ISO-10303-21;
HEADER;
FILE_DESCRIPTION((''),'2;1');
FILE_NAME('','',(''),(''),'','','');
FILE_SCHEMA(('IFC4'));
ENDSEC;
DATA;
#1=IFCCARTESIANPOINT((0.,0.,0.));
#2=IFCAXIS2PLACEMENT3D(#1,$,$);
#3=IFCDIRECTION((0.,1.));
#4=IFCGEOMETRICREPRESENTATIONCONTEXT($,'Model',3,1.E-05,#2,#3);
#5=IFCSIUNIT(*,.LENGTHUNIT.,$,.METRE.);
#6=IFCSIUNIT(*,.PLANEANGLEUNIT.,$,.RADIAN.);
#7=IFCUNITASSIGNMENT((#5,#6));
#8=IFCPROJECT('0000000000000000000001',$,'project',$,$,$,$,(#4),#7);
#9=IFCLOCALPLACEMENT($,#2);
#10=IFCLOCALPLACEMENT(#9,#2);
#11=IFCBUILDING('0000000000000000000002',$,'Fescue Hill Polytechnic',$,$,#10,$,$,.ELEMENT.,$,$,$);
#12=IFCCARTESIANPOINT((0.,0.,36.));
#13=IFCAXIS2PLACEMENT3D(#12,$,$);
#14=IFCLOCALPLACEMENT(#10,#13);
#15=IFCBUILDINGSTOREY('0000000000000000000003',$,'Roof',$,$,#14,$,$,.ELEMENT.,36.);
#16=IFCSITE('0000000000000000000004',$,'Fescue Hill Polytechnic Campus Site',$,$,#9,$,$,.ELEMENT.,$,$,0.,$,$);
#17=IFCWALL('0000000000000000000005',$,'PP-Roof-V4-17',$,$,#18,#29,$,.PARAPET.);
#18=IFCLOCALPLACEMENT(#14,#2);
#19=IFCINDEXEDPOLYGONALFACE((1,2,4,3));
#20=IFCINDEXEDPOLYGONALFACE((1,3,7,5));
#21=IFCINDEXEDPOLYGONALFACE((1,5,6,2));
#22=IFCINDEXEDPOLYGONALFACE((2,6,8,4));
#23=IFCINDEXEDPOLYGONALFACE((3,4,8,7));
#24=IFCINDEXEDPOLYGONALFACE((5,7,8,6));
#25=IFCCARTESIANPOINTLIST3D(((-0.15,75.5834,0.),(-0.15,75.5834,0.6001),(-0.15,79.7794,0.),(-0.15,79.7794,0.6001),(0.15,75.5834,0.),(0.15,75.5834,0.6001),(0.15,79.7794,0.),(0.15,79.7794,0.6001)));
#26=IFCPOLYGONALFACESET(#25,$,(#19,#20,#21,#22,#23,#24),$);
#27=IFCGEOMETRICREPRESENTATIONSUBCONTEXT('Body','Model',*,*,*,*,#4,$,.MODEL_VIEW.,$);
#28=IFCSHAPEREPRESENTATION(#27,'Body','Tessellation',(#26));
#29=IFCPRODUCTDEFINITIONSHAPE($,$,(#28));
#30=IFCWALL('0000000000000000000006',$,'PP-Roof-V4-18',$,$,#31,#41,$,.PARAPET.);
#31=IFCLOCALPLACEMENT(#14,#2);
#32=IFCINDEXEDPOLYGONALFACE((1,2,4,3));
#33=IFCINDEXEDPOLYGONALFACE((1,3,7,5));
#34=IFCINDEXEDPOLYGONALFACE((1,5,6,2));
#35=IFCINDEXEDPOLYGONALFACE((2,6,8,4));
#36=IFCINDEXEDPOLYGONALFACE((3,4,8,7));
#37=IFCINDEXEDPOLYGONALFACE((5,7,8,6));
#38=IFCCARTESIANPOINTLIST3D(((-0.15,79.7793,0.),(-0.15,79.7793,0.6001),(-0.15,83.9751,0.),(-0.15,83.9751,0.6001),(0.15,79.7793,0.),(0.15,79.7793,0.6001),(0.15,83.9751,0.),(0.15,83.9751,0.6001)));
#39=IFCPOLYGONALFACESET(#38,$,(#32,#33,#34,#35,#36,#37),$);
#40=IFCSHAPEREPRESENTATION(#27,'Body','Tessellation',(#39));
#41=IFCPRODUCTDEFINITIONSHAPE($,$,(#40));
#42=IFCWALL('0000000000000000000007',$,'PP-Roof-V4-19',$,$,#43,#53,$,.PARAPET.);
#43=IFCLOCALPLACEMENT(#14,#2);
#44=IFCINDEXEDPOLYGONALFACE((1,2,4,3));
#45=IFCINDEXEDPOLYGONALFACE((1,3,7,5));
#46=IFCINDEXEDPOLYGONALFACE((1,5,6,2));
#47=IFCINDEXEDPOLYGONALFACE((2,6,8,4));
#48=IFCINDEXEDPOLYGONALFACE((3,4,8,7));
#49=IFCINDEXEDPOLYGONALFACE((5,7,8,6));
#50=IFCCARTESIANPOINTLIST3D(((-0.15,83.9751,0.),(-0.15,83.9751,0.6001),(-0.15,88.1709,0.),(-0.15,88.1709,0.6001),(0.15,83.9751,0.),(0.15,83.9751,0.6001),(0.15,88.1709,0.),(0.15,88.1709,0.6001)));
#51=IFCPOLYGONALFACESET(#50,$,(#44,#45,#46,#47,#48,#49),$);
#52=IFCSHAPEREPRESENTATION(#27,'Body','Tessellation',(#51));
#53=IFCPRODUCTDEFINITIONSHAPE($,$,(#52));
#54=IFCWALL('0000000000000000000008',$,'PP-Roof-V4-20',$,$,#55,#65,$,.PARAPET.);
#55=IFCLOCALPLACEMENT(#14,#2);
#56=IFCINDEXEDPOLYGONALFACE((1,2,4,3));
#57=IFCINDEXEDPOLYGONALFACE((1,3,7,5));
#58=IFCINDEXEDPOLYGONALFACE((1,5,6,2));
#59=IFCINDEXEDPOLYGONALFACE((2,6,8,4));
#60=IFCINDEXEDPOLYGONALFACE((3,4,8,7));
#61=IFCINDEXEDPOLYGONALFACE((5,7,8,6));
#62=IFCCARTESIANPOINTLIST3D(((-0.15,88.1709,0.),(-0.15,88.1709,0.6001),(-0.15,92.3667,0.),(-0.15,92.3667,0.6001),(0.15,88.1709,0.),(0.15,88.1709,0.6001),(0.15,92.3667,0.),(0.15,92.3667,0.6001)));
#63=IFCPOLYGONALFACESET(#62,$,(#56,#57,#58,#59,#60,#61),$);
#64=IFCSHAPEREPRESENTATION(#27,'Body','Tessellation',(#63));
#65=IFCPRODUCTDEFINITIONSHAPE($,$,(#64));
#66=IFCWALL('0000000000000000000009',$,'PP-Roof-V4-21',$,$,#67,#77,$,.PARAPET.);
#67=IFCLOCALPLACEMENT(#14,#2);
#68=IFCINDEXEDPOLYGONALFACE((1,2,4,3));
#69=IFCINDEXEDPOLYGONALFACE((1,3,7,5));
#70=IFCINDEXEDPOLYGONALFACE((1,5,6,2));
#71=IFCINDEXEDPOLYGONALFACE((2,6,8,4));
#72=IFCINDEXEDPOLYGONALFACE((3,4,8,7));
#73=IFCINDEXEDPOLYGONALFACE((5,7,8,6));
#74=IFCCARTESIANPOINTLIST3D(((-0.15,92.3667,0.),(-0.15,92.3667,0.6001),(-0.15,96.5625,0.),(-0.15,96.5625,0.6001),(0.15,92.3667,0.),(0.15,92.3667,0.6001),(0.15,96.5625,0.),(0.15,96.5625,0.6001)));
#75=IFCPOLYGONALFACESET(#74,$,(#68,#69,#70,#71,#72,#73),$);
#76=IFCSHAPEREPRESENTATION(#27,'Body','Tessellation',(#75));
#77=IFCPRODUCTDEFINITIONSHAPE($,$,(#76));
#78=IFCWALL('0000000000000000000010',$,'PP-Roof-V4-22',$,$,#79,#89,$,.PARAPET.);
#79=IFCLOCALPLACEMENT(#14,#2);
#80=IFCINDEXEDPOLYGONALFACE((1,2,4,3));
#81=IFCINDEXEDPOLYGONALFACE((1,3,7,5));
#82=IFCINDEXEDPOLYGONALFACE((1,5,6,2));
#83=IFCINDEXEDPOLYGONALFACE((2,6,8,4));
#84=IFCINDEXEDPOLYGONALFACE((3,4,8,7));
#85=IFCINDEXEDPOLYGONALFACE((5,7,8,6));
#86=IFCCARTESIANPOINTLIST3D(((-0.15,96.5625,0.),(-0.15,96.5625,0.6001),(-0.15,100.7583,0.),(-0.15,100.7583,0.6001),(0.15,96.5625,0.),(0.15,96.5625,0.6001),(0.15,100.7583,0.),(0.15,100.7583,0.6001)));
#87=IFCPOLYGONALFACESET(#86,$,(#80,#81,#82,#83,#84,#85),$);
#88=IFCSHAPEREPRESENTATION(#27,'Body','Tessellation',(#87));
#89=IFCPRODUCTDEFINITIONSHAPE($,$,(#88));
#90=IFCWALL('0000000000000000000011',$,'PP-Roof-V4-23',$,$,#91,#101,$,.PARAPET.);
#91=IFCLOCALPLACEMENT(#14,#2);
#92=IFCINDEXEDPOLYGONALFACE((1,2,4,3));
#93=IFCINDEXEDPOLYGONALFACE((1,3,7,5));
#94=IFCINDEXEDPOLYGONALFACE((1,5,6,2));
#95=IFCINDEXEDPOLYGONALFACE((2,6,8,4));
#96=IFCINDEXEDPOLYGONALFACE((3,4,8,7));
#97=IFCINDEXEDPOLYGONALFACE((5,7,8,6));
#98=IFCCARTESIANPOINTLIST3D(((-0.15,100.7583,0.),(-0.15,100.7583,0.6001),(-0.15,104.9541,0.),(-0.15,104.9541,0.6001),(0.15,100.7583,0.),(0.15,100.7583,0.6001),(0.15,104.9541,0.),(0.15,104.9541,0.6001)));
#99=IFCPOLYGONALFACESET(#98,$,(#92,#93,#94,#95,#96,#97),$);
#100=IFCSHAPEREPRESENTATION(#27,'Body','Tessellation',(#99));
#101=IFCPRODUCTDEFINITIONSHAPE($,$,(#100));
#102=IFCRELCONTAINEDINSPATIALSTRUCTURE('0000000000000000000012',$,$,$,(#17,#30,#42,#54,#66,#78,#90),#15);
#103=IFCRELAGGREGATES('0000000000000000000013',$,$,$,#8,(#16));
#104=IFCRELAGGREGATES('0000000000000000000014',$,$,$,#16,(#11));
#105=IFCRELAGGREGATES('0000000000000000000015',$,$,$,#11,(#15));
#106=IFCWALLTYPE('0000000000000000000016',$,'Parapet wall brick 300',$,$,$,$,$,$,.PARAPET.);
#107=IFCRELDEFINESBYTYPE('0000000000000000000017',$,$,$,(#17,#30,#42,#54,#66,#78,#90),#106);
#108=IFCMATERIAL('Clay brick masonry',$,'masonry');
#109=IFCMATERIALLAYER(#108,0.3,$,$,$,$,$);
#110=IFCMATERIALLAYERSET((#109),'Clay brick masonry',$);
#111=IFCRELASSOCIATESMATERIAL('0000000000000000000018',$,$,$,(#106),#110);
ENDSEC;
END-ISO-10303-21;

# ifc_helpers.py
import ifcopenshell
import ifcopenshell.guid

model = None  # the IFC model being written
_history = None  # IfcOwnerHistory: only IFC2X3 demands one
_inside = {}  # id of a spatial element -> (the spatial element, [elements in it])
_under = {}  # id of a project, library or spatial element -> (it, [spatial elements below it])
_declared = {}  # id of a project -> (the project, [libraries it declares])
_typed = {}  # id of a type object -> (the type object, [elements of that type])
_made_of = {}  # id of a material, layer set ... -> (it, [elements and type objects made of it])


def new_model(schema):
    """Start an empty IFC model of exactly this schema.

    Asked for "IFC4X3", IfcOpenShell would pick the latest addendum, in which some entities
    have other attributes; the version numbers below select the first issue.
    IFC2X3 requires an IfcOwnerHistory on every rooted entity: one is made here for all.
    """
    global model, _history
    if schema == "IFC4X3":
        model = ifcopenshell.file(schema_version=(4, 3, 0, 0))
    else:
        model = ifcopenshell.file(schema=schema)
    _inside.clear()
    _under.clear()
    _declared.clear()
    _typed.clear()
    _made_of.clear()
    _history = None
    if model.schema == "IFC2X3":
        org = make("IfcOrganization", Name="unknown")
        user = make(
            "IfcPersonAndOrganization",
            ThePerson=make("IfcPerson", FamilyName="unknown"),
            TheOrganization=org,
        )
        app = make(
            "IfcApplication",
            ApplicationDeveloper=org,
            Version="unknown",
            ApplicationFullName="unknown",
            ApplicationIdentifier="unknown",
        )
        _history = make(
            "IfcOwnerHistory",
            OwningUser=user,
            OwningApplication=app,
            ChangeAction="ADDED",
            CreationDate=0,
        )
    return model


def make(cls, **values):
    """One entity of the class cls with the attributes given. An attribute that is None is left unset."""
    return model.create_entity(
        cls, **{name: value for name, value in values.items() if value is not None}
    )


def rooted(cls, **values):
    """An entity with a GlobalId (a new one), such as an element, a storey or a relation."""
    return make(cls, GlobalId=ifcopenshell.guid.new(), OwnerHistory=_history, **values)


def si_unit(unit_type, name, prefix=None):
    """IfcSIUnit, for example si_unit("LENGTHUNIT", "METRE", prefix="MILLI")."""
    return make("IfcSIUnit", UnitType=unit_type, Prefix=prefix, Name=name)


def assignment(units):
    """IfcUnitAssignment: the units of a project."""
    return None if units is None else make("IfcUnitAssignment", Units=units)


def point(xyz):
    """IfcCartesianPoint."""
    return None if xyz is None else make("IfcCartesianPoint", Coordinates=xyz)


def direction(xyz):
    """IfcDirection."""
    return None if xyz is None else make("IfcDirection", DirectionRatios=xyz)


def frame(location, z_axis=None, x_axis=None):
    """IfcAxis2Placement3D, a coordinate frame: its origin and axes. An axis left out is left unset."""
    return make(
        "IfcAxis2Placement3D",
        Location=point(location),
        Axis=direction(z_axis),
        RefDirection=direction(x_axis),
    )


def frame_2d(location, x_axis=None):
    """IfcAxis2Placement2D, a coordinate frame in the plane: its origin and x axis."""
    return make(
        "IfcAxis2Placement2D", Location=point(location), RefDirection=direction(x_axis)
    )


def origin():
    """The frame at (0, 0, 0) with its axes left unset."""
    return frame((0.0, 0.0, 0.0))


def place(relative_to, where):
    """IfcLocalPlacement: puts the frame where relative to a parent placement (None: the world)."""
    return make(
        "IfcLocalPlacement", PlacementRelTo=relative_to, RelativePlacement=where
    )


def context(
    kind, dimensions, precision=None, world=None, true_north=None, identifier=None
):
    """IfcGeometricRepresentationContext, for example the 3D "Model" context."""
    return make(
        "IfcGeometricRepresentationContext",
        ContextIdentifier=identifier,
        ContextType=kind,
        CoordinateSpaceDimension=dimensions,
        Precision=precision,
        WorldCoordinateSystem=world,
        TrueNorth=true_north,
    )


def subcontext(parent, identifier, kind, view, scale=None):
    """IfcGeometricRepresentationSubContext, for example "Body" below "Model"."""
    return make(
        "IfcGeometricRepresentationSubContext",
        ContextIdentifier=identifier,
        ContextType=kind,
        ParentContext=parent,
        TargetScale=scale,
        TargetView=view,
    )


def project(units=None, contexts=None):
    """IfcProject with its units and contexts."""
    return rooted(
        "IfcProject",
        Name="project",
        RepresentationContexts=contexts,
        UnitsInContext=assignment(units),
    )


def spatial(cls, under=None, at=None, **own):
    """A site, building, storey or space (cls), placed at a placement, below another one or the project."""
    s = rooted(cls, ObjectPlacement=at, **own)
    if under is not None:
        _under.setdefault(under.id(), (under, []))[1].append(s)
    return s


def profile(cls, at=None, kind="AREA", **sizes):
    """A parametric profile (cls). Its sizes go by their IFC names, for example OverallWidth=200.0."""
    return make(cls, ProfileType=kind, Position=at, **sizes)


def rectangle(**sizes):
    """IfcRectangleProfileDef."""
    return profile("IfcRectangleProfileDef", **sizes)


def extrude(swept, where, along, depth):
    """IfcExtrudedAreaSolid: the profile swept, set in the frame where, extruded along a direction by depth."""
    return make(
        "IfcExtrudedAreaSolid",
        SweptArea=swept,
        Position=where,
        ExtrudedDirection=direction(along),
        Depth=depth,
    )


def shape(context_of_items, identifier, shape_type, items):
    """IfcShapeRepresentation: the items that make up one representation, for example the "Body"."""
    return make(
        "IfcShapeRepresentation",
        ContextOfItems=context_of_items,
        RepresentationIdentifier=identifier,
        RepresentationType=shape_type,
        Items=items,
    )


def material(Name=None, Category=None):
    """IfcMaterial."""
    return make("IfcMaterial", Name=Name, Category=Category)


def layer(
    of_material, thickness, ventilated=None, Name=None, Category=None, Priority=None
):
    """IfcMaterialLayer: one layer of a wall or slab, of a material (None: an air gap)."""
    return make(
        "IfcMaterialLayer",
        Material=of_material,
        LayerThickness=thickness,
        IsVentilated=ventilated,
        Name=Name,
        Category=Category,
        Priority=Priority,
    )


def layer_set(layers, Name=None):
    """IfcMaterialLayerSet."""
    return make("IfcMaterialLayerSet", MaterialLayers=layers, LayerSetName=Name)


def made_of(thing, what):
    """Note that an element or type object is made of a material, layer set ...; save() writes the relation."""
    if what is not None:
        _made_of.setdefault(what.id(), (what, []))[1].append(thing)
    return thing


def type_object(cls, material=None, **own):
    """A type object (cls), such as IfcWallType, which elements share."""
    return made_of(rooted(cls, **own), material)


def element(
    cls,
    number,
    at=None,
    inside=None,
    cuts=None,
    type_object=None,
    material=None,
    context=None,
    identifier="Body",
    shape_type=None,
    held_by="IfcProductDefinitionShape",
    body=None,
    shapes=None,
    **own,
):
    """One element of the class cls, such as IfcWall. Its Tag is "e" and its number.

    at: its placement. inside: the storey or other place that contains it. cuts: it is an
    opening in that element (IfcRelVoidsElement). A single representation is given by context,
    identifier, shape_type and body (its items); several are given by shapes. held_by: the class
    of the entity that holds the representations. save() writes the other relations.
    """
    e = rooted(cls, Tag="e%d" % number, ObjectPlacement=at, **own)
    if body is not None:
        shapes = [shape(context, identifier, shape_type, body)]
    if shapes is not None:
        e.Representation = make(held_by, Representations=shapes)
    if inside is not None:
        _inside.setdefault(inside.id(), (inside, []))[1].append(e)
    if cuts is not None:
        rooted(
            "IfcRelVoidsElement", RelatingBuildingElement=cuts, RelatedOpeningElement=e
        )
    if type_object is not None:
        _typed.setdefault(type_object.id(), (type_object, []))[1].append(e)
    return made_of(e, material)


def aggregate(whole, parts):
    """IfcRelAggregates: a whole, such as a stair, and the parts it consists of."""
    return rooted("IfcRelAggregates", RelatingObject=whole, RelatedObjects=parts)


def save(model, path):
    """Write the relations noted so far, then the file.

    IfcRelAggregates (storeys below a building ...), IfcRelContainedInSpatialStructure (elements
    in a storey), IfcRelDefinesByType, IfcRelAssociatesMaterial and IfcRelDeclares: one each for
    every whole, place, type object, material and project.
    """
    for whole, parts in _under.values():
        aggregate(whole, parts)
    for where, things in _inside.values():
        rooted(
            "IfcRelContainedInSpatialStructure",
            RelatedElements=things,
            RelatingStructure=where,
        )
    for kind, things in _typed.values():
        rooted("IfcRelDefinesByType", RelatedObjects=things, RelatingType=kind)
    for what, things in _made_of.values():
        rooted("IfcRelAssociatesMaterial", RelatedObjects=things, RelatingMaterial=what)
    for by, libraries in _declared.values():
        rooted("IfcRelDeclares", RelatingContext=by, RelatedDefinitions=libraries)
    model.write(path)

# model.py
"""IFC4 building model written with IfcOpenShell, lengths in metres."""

from ifc_helpers import new_model, si_unit, direction, frame, frame_2d, origin, place, context, subcontext, project, spatial, rectangle, extrude, material, layer, layer_set, type_object, element, save


model = new_model("IFC4")

# Units and contexts
model_context = context("Model", 3, precision=1e-05, world=origin(), true_north=direction((0.0, 1.0)))
body_context = subcontext(model_context, "Body", "Model", "MODEL_VIEW")
ifc_project = project(units=[si_unit("LENGTHUNIT", "METRE"), si_unit("PLANEANGLEUNIT", "RADIAN")], contexts=[model_context])

# Site, building, storey
site_placement = place(None, origin())
site = spatial("IfcSite", under=ifc_project, at=site_placement, Name="Fescue Hill Polytechnic Campus Site", CompositionType="ELEMENT", RefElevation=0.0)
building_placement = place(site_placement, origin())
building = spatial("IfcBuilding", under=site, at=building_placement, Name="Fescue Hill Polytechnic", CompositionType="ELEMENT")
storey_placement = place(building_placement, frame((0.0, 0.0, 36.0)))
storey = spatial("IfcBuildingStorey", under=building, at=storey_placement, Name="Roof", CompositionType="ELEMENT", Elevation=36.0)

# Walls
ifc_material_1 = material(Name="Clay brick masonry", Category="masonry")
ifc_layer_1 = layer(ifc_material_1, 0.3)
ifc_layer_set_1 = layer_set([ifc_layer_1], Name="Clay brick masonry")
wall_type_1 = type_object("IfcWallType", Name="Parapet wall brick 300", PredefinedType="PARAPET", material=ifc_layer_set_1)
wall_1_placement = place(storey_placement, frame((0.0, 75.5833, 0.0), z_axis=(0.0, 0.0, 1.0), x_axis=(0.0, 1.0, 0.0)))
element("IfcWall", 1, at=wall_1_placement, inside=storey, type_object=wall_type_1, Name="PP-Roof-V4-17", PredefinedType="PARAPET", context=body_context, shape_type="SweptSolid", body=[
    extrude(rectangle(XDim=4.196, YDim=0.3, at=frame_2d((2.0981, 0.0))), origin(), (0.0, 0.0, 1.0), 0.6001),
])
for number, where, z_axis, x_axis, name in (
    (2, (0.0, 79.7793, 0.0), (0.0, 0.0, 1.0), (0.0, 1.0, 0.0), "PP-Roof-V4-18"),
    (3, (0.0, 83.9751, 0.0), (0.0, 0.0, 1.0), (0.0, 1.0, 0.0), "PP-Roof-V4-19"),
    (4, (0.0, 88.1709, 0.0), (0.0, 0.0, 1.0), (0.0, 1.0, 0.0), "PP-Roof-V4-20"),
    (5, (0.0, 92.3667, 0.0), (0.0, 0.0, 1.0), (0.0, 1.0, 0.0), "PP-Roof-V4-21"),
    (6, (0.0, 96.5625, 0.0), (0.0, 0.0, 1.0), (0.0, 1.0, 0.0), "PP-Roof-V4-22"),
    (7, (0.0, 100.7583, 0.0), (0.0, 0.0, 1.0), (0.0, 1.0, 0.0), "PP-Roof-V4-23"),
):
    element("IfcWall", number, at=place(storey_placement, frame(where, z_axis=z_axis, x_axis=x_axis)), inside=storey, type_object=wall_type_1, Name=name, PredefinedType="PARAPET", context=body_context, shape_type="SweptSolid", body=[
        extrude(rectangle(XDim=4.1958, YDim=0.3, at=frame_2d((2.0979, 0.0))), origin(), (0.0, 0.0, 1.0), 0.6001),
    ])

save(model, "model.ifc")
